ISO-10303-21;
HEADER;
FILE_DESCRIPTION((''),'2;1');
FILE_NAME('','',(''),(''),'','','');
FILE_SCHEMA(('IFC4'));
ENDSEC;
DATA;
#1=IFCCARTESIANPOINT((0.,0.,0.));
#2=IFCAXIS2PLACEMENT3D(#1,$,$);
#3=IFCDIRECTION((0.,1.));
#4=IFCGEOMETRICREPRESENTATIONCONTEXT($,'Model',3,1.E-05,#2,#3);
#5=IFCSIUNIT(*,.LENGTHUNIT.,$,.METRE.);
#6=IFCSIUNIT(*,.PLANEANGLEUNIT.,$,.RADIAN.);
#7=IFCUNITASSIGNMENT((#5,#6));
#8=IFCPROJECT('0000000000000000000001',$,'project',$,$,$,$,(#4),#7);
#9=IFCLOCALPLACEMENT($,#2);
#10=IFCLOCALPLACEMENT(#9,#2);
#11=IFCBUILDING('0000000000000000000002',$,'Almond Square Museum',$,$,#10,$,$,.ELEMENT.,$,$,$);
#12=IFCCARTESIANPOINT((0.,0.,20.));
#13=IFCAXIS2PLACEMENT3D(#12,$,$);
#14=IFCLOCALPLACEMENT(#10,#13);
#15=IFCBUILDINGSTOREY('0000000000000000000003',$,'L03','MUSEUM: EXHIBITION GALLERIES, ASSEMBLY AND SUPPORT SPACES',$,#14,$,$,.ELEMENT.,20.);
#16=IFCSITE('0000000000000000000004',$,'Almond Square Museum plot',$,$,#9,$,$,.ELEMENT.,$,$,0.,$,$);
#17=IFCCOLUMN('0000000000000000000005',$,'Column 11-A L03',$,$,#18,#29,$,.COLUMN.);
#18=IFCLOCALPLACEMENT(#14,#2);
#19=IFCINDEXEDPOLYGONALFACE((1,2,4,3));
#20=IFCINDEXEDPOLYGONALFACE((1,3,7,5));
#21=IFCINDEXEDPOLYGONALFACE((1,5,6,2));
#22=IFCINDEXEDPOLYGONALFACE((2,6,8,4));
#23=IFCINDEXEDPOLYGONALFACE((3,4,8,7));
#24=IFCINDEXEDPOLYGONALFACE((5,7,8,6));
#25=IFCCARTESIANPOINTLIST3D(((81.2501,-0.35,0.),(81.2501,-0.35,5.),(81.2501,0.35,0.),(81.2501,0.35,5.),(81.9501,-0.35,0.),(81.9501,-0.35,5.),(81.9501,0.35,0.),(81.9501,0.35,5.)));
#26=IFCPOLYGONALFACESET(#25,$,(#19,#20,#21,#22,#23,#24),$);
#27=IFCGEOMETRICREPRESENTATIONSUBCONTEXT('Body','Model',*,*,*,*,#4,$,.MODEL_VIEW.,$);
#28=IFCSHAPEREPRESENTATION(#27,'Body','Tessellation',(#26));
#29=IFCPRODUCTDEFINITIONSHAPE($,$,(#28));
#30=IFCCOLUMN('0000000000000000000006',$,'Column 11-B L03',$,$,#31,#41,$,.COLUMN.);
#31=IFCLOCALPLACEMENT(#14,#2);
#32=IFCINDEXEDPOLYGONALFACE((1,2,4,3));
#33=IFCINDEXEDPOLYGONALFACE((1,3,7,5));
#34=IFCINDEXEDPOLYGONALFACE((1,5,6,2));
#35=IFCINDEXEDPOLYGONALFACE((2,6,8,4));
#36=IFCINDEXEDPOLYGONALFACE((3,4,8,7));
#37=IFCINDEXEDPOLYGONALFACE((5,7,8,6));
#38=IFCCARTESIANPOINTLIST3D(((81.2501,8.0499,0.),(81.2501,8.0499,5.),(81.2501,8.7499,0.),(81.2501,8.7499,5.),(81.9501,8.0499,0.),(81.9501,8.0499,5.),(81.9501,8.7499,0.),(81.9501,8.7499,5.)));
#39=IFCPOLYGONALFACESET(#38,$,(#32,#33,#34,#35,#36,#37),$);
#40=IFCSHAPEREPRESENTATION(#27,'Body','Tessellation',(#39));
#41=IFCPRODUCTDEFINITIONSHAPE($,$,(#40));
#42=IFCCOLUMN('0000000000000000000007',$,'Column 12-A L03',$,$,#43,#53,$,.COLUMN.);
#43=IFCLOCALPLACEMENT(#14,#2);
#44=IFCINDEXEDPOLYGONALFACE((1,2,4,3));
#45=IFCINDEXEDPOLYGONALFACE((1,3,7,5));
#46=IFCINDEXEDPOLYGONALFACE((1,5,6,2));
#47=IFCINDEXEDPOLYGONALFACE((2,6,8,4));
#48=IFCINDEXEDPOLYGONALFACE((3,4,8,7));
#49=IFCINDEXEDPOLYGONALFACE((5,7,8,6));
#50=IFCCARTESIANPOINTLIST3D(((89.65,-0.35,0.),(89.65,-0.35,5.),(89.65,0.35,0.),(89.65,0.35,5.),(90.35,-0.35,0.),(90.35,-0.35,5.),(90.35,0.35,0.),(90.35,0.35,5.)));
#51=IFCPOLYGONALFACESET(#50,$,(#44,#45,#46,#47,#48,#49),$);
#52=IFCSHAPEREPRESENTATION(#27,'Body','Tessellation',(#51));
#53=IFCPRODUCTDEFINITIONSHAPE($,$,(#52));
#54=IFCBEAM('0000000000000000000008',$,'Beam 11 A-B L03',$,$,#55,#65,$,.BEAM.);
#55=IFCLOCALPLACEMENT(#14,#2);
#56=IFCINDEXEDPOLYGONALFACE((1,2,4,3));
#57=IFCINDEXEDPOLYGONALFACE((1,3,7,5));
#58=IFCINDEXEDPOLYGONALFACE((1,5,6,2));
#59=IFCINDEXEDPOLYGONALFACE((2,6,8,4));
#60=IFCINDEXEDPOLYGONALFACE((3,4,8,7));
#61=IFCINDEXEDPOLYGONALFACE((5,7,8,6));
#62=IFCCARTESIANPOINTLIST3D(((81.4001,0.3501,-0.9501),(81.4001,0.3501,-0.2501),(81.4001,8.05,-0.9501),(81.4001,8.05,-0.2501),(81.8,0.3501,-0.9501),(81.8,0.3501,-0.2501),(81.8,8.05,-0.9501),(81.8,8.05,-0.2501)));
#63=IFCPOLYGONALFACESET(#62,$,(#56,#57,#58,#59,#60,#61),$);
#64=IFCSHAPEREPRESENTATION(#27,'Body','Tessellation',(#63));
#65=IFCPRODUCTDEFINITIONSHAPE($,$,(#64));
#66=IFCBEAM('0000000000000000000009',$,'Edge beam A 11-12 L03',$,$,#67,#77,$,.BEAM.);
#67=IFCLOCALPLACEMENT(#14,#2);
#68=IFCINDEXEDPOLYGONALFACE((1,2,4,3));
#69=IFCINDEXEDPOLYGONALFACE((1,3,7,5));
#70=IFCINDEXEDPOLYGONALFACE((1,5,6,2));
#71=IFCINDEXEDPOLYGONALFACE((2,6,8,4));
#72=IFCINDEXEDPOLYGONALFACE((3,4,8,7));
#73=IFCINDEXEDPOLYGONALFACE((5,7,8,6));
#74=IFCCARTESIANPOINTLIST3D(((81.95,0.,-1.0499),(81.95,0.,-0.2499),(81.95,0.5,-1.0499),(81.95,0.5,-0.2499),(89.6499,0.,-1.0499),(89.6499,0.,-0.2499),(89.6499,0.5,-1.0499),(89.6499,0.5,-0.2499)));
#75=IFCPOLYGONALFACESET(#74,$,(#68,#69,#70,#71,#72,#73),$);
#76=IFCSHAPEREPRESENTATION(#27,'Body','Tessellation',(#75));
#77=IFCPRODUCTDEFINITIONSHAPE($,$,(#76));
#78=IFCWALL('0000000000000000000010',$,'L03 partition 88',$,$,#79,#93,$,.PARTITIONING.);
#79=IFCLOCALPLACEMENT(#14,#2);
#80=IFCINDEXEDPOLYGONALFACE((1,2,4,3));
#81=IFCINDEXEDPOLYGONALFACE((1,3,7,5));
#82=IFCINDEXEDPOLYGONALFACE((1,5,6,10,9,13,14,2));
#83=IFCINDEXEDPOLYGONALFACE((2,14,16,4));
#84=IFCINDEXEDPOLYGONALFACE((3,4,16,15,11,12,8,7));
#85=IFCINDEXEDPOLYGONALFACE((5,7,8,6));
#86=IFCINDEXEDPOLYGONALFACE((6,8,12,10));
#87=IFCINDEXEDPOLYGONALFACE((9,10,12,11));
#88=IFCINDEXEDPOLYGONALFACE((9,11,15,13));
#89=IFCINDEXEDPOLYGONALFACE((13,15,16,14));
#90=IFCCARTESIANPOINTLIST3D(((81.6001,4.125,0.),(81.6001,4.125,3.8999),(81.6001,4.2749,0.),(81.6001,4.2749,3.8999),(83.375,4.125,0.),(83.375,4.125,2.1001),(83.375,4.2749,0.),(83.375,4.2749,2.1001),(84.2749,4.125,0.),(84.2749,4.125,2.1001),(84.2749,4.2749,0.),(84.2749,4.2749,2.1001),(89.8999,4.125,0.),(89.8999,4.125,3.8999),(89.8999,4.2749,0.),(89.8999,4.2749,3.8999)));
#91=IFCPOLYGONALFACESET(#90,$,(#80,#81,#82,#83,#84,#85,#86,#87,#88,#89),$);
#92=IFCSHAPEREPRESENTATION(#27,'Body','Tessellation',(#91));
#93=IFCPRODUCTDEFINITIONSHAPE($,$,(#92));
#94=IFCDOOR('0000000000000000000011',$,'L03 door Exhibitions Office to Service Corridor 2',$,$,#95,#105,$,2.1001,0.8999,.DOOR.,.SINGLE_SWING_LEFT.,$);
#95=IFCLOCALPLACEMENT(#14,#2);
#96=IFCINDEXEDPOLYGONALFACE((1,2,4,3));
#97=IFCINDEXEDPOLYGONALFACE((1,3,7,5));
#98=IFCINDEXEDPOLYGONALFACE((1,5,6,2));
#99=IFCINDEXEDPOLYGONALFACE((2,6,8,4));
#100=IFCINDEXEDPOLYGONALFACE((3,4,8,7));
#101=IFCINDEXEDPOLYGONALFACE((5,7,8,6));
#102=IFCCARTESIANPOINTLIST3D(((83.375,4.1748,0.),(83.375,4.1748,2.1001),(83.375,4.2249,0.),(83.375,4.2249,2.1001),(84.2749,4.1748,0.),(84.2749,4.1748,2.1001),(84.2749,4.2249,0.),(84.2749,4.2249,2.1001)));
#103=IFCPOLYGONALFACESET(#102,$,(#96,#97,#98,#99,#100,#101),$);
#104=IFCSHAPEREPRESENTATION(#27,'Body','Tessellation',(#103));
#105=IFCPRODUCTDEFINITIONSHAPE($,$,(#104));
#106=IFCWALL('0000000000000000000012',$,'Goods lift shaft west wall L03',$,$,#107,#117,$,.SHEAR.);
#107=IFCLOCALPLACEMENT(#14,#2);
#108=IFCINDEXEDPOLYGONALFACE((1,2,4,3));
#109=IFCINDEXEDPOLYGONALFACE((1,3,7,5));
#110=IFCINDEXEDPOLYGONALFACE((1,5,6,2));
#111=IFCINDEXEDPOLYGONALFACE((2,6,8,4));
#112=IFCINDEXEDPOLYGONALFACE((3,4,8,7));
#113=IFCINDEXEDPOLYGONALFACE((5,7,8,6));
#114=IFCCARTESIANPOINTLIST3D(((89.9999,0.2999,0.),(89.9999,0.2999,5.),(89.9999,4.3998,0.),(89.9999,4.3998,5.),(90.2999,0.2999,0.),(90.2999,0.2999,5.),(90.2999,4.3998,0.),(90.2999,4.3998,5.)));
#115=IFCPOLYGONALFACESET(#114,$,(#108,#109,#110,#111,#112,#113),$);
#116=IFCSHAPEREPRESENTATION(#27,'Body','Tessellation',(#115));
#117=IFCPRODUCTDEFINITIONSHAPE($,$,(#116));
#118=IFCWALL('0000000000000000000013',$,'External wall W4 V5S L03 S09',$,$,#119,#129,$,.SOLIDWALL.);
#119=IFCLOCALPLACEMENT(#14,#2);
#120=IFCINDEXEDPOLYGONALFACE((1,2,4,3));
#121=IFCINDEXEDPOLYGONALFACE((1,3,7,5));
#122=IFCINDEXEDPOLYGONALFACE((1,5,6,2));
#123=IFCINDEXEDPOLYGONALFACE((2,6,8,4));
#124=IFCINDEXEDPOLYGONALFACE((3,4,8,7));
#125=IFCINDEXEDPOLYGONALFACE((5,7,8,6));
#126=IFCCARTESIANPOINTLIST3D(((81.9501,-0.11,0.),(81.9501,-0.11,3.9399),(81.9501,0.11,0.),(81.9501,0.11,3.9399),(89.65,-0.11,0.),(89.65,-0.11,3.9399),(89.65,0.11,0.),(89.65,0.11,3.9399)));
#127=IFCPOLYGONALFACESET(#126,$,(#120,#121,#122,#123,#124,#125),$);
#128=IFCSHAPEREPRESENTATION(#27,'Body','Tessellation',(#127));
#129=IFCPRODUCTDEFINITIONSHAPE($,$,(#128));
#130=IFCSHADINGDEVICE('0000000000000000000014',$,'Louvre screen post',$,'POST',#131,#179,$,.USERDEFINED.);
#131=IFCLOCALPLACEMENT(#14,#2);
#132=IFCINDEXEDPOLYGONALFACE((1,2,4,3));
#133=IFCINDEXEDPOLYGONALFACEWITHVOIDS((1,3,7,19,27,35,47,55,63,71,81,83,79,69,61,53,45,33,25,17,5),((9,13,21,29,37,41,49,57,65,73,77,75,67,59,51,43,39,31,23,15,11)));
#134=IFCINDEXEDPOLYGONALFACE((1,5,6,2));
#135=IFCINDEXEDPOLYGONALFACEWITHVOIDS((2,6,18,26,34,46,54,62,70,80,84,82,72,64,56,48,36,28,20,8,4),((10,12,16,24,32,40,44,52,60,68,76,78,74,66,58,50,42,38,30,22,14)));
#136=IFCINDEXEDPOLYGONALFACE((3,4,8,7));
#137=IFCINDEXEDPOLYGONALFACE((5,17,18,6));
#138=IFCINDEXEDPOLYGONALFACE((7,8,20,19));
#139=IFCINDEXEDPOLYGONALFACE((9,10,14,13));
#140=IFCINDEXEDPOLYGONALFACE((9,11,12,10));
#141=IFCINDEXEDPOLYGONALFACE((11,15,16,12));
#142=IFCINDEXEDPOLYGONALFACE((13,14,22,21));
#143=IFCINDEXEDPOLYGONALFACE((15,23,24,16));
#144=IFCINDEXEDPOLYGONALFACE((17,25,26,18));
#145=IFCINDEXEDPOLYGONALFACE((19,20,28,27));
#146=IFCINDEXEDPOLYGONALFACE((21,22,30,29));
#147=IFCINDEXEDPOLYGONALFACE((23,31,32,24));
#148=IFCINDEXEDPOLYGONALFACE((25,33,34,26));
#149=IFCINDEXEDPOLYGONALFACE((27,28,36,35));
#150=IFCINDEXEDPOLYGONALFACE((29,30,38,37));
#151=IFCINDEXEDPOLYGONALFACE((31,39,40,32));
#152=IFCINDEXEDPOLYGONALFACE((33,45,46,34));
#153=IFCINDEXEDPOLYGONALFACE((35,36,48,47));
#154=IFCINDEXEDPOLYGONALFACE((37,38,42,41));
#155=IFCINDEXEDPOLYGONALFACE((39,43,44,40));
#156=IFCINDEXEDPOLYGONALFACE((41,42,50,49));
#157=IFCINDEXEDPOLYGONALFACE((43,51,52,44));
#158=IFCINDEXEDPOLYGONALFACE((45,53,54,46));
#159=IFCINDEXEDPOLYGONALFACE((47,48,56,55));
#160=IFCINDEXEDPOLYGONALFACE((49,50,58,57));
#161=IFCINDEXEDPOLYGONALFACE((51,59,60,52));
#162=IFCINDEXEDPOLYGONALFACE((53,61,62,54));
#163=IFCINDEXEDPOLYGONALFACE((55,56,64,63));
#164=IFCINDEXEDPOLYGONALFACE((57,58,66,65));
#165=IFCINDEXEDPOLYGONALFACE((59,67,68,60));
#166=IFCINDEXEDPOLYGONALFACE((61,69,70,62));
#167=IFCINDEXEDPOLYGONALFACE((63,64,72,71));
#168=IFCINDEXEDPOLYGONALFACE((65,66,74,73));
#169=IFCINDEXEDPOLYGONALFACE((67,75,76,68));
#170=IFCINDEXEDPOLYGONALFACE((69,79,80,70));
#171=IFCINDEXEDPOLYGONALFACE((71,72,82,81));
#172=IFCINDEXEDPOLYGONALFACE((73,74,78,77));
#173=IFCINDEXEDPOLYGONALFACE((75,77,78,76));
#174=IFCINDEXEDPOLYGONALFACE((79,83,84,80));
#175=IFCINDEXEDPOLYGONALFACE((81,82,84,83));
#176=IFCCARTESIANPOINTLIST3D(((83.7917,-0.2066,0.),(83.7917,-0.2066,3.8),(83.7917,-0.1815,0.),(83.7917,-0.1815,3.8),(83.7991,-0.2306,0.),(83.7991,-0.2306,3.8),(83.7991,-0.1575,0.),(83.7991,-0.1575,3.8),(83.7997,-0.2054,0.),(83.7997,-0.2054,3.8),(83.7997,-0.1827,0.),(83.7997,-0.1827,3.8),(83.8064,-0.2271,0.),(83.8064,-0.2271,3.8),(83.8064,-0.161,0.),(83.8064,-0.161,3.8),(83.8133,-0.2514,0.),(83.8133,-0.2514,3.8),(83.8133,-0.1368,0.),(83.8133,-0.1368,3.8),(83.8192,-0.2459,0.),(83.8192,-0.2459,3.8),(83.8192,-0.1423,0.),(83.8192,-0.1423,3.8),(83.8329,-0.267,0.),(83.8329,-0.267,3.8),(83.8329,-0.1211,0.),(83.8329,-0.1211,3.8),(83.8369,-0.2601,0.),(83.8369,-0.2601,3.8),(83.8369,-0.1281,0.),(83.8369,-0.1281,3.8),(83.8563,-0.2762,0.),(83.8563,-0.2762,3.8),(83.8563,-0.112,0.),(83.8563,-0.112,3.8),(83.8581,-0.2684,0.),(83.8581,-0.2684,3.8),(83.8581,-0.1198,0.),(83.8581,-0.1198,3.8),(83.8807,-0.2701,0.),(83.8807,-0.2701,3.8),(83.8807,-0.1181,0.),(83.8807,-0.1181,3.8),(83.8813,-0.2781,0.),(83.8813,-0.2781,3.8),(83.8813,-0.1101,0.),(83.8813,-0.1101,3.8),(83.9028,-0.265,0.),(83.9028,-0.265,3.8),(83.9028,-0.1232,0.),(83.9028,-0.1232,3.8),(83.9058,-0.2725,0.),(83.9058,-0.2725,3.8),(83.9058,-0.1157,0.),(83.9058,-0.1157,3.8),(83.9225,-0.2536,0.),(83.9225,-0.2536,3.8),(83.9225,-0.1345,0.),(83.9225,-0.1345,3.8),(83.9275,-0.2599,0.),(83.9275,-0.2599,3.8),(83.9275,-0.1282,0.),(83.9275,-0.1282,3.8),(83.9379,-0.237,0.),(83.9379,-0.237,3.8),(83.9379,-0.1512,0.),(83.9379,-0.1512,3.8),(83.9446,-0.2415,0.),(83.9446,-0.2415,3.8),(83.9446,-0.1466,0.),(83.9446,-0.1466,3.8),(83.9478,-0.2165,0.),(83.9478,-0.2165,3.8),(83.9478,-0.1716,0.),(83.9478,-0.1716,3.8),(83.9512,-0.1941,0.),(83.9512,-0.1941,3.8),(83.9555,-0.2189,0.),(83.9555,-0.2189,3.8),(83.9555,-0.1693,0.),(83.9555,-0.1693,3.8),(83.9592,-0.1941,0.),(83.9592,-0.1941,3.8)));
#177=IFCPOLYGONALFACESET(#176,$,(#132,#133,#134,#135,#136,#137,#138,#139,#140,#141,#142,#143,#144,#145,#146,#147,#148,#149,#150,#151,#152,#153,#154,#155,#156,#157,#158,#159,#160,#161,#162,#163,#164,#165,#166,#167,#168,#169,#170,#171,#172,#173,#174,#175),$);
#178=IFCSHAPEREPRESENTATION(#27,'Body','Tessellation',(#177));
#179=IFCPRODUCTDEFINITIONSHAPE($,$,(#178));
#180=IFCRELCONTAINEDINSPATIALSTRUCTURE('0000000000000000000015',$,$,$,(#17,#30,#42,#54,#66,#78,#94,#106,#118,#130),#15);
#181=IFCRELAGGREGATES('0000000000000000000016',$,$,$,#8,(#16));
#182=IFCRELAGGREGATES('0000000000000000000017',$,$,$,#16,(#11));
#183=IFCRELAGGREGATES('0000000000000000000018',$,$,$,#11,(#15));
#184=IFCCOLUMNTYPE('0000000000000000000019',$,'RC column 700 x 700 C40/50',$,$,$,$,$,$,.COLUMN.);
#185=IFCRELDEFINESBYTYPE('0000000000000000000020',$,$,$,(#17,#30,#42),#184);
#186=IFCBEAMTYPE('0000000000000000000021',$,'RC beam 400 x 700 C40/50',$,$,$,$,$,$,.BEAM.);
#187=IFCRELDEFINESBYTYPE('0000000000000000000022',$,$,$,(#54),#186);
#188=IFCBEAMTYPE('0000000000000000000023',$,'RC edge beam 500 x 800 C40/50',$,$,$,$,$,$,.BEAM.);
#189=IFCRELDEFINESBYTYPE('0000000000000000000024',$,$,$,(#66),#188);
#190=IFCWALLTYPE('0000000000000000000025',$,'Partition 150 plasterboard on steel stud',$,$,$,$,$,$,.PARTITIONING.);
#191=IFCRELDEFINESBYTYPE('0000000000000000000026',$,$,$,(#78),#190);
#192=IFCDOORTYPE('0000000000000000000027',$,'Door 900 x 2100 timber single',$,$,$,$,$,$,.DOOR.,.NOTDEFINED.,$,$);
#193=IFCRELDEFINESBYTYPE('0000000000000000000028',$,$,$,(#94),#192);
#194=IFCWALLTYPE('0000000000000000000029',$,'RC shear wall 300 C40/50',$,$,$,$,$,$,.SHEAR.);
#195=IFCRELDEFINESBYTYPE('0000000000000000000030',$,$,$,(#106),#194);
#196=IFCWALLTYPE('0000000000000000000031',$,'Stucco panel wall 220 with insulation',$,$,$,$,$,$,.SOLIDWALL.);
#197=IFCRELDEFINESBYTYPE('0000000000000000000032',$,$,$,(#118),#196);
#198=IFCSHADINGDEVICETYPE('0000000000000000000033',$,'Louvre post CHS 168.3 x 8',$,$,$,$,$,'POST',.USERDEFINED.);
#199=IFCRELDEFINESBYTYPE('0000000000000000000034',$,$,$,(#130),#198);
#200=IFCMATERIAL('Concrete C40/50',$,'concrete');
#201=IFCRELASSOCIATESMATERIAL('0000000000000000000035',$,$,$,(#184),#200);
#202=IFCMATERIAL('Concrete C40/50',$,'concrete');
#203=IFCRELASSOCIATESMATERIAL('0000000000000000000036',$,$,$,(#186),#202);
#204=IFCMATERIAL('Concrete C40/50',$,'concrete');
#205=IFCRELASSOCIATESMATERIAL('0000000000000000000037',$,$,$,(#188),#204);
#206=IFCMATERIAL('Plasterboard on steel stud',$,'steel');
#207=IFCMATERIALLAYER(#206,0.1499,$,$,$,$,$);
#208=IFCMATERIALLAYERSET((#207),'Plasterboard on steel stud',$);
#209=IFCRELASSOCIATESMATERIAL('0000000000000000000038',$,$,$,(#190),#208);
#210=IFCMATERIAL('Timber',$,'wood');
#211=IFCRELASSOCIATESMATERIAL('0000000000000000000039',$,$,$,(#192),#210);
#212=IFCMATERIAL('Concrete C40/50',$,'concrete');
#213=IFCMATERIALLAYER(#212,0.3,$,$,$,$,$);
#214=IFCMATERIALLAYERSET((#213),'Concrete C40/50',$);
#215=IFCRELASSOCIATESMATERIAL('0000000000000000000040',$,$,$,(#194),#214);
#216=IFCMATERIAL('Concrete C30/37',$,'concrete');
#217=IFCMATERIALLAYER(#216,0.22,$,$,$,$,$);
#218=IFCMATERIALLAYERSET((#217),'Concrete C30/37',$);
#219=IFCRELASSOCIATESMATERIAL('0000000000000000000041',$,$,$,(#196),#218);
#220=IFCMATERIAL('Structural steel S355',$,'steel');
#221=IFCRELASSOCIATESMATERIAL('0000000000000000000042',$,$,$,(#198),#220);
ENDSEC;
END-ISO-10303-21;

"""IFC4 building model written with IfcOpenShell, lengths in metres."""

from ifc_helpers import new_model, si_unit, direction, frame, frame_2d, origin, origin_2d, place, context, subcontext, project, spatial, rectangle, hollow_circle, extrude, material, layer, layer_set, material_profile, profile_set, type_object, element, fill, save


model = new_model("IFC4")

# Units and contexts
model_context = context("Model", 3, precision=1e-05, world=origin(), true_north=direction((0.0, 1.0)))
body_context = subcontext(model_context, "Body", "Model", "MODEL_VIEW")
ifc_project = project(units=[si_unit("LENGTHUNIT", "METRE"), si_unit("PLANEANGLEUNIT", "RADIAN")], contexts=[model_context])

# Site, building, storey
site_placement = place(None, origin())
site = spatial("IfcSite", under=ifc_project, at=site_placement, Name="Almond Square Museum plot", CompositionType="ELEMENT", RefElevation=0.0)
building_placement = place(site_placement, origin())
building = spatial("IfcBuilding", under=site, at=building_placement, Name="Almond Square Museum", CompositionType="ELEMENT")
storey_placement = place(building_placement, frame((0.0, 0.0, 20.0)))
storey = spatial("IfcBuildingStorey", under=building, at=storey_placement, Name="L03", Description="MUSEUM: EXHIBITION GALLERIES, ASSEMBLY AND SUPPORT SPACES", CompositionType="ELEMENT", Elevation=20.0)

# Columns
ifc_material_1 = material(Name="Concrete C40/50", Category="concrete")
ifc_material_profile_1 = material_profile(ifc_material_1, rectangle(XDim=0.7, YDim=0.7, at=origin_2d()))
ifc_profile_set_1 = profile_set([ifc_material_profile_1], Name="Concrete C40/50")
column_type = type_object("IfcColumnType", Name="RC column 700 x 700 C40/50", PredefinedType="COLUMN", material=ifc_profile_set_1)
for number, where, z_axis, x_axis, name in (
    (1, (81.6001, 0.0, 0.0), (0.0, 0.0, 1.0), (1.0, 0.0, 0.0), "Column 11-A L03"),
    (2, (81.6001, 8.3999, 0.0), (0.0, 0.0, 1.0), (1.0, 0.0, 0.0), "Column 11-B L03"),
    (3, (90.0, 0.0, 0.0), (0.0, 0.0, 1.0), (1.0, 0.0, 0.0), "Column 12-A L03"),
):
    element("IfcColumn", number, at=place(storey_placement, frame(where, z_axis=z_axis, x_axis=x_axis)), inside=storey, type_object=column_type, Name=name, PredefinedType="COLUMN", context=body_context, shape_type="SweptSolid", body=[
        extrude(rectangle(XDim=0.7, YDim=0.7, at=origin_2d()), origin(), (0.0, 0.0, 1.0), 5.0),
    ])

# Beams
ifc_material_2 = material(Name="Concrete C40/50", Category="concrete")
ifc_material_profile_2 = material_profile(ifc_material_2, rectangle(XDim=0.3999, YDim=0.7, at=origin_2d()))
ifc_profile_set_2 = profile_set([ifc_material_profile_2], Name="Concrete C40/50")
beam_type_1 = type_object("IfcBeamType", Name="RC beam 400 x 700 C40/50", PredefinedType="BEAM", material=ifc_profile_set_2)
beam_1_placement = place(storey_placement, frame((81.6001, 0.3501, -0.6001), z_axis=(0.0, 1.0, 0.0), x_axis=(-1.0, 0.0, 0.0)))
element("IfcBeam", 4, at=beam_1_placement, inside=storey, type_object=beam_type_1, Name="Beam 11 A-B L03", PredefinedType="BEAM", context=body_context, shape_type="SweptSolid", body=[
    extrude(rectangle(XDim=0.3999, YDim=0.7, at=origin_2d()), origin(), (0.0, 0.0, 1.0), 7.7),
])
ifc_material_3 = material(Name="Concrete C40/50", Category="concrete")
ifc_material_profile_3 = material_profile(ifc_material_3, rectangle(XDim=0.5, YDim=0.8, at=origin_2d()))
ifc_profile_set_3 = profile_set([ifc_material_profile_3], Name="Concrete C40/50")
beam_type_2 = type_object("IfcBeamType", Name="RC edge beam 500 x 800 C40/50", PredefinedType="BEAM", material=ifc_profile_set_3)
beam_2_placement = place(storey_placement, frame((81.95, 0.25, -0.6499), z_axis=(1.0, 0.0, 0.0), x_axis=(0.0, 1.0, 0.0)))
element("IfcBeam", 5, at=beam_2_placement, inside=storey, type_object=beam_type_2, Name="Edge beam A 11-12 L03", PredefinedType="BEAM", context=body_context, shape_type="SweptSolid", body=[
    extrude(rectangle(XDim=0.5, YDim=0.8, at=origin_2d()), origin(), (0.0, 0.0, 1.0), 7.7),
])

# Wall, opening, door
ifc_material_4 = material(Name="Plasterboard on steel stud", Category="steel")
ifc_layer_1 = layer(ifc_material_4, 0.1499)
ifc_layer_set_1 = layer_set([ifc_layer_1], Name="Plasterboard on steel stud")
wall_type_1 = type_object("IfcWallType", Name="Partition 150 plasterboard on steel stud", PredefinedType="PARTITIONING", material=ifc_layer_set_1)
wall_1_placement = place(storey_placement, frame((81.6001, 4.2, 0.0), z_axis=(0.0, 0.0, 1.0), x_axis=(1.0, 0.0, 0.0)))
wall_1 = element("IfcWall", 6, at=wall_1_placement, inside=storey, type_object=wall_type_1, Name="L03 partition 88", PredefinedType="PARTITIONING", context=body_context, shape_type="SweptSolid", body=[
    extrude(rectangle(XDim=8.2998, YDim=0.1499, at=frame_2d((4.1499, 0.0))), origin(), (0.0, 0.0, 1.0), 3.8999),
])
opening_1_placement = place(wall_1_placement, frame((1.7749, 0.0, 0.0)))
opening_1 = element("IfcOpeningElement", 7, at=opening_1_placement, cuts=wall_1, PredefinedType="OPENING", context=body_context, shape_type="SweptSolid", body=[
    extrude(rectangle(XDim=0.8999, YDim=2.1001, at=frame_2d((0.45, 1.05))), frame((0.0, 0.085, 0.0), z_axis=(0.0, -1.0, 0.0), x_axis=(1.0, 0.0, 0.0)), (0.0, 0.0, 1.0), 0.1699),
])
ifc_material_5 = material(Name="Timber", Category="wood")
door_type_1 = type_object("IfcDoorType", Name="Door 900 x 2100 timber single", OperationType="NOTDEFINED", PredefinedType="DOOR", material=ifc_material_5)
door_1_placement = place(opening_1_placement, origin())
door_1 = element("IfcDoor", 8, at=door_1_placement, inside=storey, type_object=door_type_1, Name="L03 door Exhibitions Office to Service Corridor 2", OperationType="SINGLE_SWING_LEFT", OverallHeight=2.1001, OverallWidth=0.8999, PredefinedType="DOOR", context=body_context, shape_type="SweptSolid", body=[
    extrude(rectangle(XDim=0.8999, YDim=2.1001, at=frame_2d((0.45, 1.05))), frame((0.0, 0.0249, 0.0), z_axis=(0.0, -1.0, 0.0), x_axis=(1.0, 0.0, 0.0)), (0.0, 0.0, 1.0), 0.05),
])
fill(opening_1, door_1)

# Wall
ifc_material_6 = material(Name="Concrete C40/50", Category="concrete")
ifc_layer_2 = layer(ifc_material_6, 0.3)
ifc_layer_set_2 = layer_set([ifc_layer_2], Name="Concrete C40/50")
wall_type_2 = type_object("IfcWallType", Name="RC shear wall 300 C40/50", PredefinedType="SHEAR", material=ifc_layer_set_2)
wall_2_placement = place(storey_placement, frame((90.1499, 0.3, 0.0), z_axis=(0.0, 0.0, 1.0), x_axis=(0.0, 1.0, 0.0)))
element("IfcWall", 9, at=wall_2_placement, inside=storey, type_object=wall_type_2, Name="Goods lift shaft west wall L03", PredefinedType="SHEAR", context=body_context, shape_type="SweptSolid", body=[
    extrude(rectangle(XDim=4.0999, YDim=0.3, at=frame_2d((2.0498, 0.0))), origin(), (0.0, 0.0, 1.0), 5.0),
])

# Wall
ifc_material_7 = material(Name="Concrete C30/37", Category="concrete")
ifc_layer_3 = layer(ifc_material_7, 0.22)
ifc_layer_set_3 = layer_set([ifc_layer_3], Name="Concrete C30/37")
wall_type_3 = type_object("IfcWallType", Name="Stucco panel wall 220 with insulation", PredefinedType="SOLIDWALL", material=ifc_layer_set_3)
wall_3_placement = place(storey_placement, frame((81.95, 0.0, 0.0), z_axis=(0.0, 0.0, 1.0), x_axis=(1.0, 0.0, 0.0)))
element("IfcWall", 10, at=wall_3_placement, inside=storey, type_object=wall_type_3, Name="External wall W4 V5S L03 S09", PredefinedType="SOLIDWALL", context=body_context, shape_type="SweptSolid", body=[
    extrude(rectangle(XDim=7.7, YDim=0.22, at=frame_2d((3.8501, 0.0))), origin(), (0.0, 0.0, 1.0), 3.9399),
])

# Shading device
ifc_material_8 = material(Name="Structural steel S355", Category="steel")
ifc_material_profile_4 = material_profile(ifc_material_8, hollow_circle(Radius=0.0842, WallThickness=0.0081, at=origin_2d()))
ifc_profile_set_4 = profile_set([ifc_material_profile_4], Name="Structural steel S355")
shading_device_type = type_object("IfcShadingDeviceType", Name="Louvre post CHS 168.3 x 8", ElementType="POST", PredefinedType="USERDEFINED", material=ifc_profile_set_4)
for number, where, z_axis, x_axis, name in (
    (11, (83.875, -0.1941, 0.0), (0.0, 0.0, 1.0), (1.0, 0.0, 0.0), "Louvre screen post"),
):
    element("IfcShadingDevice", number, at=place(storey_placement, frame(where, z_axis=z_axis, x_axis=x_axis)), inside=storey, type_object=shading_device_type, Name=name, ObjectType="POST", PredefinedType="USERDEFINED", context=body_context, shape_type="SweptSolid", body=[
        extrude(hollow_circle(Radius=0.0842, WallThickness=0.0081, at=origin_2d()), origin(), (0.0, 0.0, 1.0), 3.8),
    ])

save(model, "model.ifc")
